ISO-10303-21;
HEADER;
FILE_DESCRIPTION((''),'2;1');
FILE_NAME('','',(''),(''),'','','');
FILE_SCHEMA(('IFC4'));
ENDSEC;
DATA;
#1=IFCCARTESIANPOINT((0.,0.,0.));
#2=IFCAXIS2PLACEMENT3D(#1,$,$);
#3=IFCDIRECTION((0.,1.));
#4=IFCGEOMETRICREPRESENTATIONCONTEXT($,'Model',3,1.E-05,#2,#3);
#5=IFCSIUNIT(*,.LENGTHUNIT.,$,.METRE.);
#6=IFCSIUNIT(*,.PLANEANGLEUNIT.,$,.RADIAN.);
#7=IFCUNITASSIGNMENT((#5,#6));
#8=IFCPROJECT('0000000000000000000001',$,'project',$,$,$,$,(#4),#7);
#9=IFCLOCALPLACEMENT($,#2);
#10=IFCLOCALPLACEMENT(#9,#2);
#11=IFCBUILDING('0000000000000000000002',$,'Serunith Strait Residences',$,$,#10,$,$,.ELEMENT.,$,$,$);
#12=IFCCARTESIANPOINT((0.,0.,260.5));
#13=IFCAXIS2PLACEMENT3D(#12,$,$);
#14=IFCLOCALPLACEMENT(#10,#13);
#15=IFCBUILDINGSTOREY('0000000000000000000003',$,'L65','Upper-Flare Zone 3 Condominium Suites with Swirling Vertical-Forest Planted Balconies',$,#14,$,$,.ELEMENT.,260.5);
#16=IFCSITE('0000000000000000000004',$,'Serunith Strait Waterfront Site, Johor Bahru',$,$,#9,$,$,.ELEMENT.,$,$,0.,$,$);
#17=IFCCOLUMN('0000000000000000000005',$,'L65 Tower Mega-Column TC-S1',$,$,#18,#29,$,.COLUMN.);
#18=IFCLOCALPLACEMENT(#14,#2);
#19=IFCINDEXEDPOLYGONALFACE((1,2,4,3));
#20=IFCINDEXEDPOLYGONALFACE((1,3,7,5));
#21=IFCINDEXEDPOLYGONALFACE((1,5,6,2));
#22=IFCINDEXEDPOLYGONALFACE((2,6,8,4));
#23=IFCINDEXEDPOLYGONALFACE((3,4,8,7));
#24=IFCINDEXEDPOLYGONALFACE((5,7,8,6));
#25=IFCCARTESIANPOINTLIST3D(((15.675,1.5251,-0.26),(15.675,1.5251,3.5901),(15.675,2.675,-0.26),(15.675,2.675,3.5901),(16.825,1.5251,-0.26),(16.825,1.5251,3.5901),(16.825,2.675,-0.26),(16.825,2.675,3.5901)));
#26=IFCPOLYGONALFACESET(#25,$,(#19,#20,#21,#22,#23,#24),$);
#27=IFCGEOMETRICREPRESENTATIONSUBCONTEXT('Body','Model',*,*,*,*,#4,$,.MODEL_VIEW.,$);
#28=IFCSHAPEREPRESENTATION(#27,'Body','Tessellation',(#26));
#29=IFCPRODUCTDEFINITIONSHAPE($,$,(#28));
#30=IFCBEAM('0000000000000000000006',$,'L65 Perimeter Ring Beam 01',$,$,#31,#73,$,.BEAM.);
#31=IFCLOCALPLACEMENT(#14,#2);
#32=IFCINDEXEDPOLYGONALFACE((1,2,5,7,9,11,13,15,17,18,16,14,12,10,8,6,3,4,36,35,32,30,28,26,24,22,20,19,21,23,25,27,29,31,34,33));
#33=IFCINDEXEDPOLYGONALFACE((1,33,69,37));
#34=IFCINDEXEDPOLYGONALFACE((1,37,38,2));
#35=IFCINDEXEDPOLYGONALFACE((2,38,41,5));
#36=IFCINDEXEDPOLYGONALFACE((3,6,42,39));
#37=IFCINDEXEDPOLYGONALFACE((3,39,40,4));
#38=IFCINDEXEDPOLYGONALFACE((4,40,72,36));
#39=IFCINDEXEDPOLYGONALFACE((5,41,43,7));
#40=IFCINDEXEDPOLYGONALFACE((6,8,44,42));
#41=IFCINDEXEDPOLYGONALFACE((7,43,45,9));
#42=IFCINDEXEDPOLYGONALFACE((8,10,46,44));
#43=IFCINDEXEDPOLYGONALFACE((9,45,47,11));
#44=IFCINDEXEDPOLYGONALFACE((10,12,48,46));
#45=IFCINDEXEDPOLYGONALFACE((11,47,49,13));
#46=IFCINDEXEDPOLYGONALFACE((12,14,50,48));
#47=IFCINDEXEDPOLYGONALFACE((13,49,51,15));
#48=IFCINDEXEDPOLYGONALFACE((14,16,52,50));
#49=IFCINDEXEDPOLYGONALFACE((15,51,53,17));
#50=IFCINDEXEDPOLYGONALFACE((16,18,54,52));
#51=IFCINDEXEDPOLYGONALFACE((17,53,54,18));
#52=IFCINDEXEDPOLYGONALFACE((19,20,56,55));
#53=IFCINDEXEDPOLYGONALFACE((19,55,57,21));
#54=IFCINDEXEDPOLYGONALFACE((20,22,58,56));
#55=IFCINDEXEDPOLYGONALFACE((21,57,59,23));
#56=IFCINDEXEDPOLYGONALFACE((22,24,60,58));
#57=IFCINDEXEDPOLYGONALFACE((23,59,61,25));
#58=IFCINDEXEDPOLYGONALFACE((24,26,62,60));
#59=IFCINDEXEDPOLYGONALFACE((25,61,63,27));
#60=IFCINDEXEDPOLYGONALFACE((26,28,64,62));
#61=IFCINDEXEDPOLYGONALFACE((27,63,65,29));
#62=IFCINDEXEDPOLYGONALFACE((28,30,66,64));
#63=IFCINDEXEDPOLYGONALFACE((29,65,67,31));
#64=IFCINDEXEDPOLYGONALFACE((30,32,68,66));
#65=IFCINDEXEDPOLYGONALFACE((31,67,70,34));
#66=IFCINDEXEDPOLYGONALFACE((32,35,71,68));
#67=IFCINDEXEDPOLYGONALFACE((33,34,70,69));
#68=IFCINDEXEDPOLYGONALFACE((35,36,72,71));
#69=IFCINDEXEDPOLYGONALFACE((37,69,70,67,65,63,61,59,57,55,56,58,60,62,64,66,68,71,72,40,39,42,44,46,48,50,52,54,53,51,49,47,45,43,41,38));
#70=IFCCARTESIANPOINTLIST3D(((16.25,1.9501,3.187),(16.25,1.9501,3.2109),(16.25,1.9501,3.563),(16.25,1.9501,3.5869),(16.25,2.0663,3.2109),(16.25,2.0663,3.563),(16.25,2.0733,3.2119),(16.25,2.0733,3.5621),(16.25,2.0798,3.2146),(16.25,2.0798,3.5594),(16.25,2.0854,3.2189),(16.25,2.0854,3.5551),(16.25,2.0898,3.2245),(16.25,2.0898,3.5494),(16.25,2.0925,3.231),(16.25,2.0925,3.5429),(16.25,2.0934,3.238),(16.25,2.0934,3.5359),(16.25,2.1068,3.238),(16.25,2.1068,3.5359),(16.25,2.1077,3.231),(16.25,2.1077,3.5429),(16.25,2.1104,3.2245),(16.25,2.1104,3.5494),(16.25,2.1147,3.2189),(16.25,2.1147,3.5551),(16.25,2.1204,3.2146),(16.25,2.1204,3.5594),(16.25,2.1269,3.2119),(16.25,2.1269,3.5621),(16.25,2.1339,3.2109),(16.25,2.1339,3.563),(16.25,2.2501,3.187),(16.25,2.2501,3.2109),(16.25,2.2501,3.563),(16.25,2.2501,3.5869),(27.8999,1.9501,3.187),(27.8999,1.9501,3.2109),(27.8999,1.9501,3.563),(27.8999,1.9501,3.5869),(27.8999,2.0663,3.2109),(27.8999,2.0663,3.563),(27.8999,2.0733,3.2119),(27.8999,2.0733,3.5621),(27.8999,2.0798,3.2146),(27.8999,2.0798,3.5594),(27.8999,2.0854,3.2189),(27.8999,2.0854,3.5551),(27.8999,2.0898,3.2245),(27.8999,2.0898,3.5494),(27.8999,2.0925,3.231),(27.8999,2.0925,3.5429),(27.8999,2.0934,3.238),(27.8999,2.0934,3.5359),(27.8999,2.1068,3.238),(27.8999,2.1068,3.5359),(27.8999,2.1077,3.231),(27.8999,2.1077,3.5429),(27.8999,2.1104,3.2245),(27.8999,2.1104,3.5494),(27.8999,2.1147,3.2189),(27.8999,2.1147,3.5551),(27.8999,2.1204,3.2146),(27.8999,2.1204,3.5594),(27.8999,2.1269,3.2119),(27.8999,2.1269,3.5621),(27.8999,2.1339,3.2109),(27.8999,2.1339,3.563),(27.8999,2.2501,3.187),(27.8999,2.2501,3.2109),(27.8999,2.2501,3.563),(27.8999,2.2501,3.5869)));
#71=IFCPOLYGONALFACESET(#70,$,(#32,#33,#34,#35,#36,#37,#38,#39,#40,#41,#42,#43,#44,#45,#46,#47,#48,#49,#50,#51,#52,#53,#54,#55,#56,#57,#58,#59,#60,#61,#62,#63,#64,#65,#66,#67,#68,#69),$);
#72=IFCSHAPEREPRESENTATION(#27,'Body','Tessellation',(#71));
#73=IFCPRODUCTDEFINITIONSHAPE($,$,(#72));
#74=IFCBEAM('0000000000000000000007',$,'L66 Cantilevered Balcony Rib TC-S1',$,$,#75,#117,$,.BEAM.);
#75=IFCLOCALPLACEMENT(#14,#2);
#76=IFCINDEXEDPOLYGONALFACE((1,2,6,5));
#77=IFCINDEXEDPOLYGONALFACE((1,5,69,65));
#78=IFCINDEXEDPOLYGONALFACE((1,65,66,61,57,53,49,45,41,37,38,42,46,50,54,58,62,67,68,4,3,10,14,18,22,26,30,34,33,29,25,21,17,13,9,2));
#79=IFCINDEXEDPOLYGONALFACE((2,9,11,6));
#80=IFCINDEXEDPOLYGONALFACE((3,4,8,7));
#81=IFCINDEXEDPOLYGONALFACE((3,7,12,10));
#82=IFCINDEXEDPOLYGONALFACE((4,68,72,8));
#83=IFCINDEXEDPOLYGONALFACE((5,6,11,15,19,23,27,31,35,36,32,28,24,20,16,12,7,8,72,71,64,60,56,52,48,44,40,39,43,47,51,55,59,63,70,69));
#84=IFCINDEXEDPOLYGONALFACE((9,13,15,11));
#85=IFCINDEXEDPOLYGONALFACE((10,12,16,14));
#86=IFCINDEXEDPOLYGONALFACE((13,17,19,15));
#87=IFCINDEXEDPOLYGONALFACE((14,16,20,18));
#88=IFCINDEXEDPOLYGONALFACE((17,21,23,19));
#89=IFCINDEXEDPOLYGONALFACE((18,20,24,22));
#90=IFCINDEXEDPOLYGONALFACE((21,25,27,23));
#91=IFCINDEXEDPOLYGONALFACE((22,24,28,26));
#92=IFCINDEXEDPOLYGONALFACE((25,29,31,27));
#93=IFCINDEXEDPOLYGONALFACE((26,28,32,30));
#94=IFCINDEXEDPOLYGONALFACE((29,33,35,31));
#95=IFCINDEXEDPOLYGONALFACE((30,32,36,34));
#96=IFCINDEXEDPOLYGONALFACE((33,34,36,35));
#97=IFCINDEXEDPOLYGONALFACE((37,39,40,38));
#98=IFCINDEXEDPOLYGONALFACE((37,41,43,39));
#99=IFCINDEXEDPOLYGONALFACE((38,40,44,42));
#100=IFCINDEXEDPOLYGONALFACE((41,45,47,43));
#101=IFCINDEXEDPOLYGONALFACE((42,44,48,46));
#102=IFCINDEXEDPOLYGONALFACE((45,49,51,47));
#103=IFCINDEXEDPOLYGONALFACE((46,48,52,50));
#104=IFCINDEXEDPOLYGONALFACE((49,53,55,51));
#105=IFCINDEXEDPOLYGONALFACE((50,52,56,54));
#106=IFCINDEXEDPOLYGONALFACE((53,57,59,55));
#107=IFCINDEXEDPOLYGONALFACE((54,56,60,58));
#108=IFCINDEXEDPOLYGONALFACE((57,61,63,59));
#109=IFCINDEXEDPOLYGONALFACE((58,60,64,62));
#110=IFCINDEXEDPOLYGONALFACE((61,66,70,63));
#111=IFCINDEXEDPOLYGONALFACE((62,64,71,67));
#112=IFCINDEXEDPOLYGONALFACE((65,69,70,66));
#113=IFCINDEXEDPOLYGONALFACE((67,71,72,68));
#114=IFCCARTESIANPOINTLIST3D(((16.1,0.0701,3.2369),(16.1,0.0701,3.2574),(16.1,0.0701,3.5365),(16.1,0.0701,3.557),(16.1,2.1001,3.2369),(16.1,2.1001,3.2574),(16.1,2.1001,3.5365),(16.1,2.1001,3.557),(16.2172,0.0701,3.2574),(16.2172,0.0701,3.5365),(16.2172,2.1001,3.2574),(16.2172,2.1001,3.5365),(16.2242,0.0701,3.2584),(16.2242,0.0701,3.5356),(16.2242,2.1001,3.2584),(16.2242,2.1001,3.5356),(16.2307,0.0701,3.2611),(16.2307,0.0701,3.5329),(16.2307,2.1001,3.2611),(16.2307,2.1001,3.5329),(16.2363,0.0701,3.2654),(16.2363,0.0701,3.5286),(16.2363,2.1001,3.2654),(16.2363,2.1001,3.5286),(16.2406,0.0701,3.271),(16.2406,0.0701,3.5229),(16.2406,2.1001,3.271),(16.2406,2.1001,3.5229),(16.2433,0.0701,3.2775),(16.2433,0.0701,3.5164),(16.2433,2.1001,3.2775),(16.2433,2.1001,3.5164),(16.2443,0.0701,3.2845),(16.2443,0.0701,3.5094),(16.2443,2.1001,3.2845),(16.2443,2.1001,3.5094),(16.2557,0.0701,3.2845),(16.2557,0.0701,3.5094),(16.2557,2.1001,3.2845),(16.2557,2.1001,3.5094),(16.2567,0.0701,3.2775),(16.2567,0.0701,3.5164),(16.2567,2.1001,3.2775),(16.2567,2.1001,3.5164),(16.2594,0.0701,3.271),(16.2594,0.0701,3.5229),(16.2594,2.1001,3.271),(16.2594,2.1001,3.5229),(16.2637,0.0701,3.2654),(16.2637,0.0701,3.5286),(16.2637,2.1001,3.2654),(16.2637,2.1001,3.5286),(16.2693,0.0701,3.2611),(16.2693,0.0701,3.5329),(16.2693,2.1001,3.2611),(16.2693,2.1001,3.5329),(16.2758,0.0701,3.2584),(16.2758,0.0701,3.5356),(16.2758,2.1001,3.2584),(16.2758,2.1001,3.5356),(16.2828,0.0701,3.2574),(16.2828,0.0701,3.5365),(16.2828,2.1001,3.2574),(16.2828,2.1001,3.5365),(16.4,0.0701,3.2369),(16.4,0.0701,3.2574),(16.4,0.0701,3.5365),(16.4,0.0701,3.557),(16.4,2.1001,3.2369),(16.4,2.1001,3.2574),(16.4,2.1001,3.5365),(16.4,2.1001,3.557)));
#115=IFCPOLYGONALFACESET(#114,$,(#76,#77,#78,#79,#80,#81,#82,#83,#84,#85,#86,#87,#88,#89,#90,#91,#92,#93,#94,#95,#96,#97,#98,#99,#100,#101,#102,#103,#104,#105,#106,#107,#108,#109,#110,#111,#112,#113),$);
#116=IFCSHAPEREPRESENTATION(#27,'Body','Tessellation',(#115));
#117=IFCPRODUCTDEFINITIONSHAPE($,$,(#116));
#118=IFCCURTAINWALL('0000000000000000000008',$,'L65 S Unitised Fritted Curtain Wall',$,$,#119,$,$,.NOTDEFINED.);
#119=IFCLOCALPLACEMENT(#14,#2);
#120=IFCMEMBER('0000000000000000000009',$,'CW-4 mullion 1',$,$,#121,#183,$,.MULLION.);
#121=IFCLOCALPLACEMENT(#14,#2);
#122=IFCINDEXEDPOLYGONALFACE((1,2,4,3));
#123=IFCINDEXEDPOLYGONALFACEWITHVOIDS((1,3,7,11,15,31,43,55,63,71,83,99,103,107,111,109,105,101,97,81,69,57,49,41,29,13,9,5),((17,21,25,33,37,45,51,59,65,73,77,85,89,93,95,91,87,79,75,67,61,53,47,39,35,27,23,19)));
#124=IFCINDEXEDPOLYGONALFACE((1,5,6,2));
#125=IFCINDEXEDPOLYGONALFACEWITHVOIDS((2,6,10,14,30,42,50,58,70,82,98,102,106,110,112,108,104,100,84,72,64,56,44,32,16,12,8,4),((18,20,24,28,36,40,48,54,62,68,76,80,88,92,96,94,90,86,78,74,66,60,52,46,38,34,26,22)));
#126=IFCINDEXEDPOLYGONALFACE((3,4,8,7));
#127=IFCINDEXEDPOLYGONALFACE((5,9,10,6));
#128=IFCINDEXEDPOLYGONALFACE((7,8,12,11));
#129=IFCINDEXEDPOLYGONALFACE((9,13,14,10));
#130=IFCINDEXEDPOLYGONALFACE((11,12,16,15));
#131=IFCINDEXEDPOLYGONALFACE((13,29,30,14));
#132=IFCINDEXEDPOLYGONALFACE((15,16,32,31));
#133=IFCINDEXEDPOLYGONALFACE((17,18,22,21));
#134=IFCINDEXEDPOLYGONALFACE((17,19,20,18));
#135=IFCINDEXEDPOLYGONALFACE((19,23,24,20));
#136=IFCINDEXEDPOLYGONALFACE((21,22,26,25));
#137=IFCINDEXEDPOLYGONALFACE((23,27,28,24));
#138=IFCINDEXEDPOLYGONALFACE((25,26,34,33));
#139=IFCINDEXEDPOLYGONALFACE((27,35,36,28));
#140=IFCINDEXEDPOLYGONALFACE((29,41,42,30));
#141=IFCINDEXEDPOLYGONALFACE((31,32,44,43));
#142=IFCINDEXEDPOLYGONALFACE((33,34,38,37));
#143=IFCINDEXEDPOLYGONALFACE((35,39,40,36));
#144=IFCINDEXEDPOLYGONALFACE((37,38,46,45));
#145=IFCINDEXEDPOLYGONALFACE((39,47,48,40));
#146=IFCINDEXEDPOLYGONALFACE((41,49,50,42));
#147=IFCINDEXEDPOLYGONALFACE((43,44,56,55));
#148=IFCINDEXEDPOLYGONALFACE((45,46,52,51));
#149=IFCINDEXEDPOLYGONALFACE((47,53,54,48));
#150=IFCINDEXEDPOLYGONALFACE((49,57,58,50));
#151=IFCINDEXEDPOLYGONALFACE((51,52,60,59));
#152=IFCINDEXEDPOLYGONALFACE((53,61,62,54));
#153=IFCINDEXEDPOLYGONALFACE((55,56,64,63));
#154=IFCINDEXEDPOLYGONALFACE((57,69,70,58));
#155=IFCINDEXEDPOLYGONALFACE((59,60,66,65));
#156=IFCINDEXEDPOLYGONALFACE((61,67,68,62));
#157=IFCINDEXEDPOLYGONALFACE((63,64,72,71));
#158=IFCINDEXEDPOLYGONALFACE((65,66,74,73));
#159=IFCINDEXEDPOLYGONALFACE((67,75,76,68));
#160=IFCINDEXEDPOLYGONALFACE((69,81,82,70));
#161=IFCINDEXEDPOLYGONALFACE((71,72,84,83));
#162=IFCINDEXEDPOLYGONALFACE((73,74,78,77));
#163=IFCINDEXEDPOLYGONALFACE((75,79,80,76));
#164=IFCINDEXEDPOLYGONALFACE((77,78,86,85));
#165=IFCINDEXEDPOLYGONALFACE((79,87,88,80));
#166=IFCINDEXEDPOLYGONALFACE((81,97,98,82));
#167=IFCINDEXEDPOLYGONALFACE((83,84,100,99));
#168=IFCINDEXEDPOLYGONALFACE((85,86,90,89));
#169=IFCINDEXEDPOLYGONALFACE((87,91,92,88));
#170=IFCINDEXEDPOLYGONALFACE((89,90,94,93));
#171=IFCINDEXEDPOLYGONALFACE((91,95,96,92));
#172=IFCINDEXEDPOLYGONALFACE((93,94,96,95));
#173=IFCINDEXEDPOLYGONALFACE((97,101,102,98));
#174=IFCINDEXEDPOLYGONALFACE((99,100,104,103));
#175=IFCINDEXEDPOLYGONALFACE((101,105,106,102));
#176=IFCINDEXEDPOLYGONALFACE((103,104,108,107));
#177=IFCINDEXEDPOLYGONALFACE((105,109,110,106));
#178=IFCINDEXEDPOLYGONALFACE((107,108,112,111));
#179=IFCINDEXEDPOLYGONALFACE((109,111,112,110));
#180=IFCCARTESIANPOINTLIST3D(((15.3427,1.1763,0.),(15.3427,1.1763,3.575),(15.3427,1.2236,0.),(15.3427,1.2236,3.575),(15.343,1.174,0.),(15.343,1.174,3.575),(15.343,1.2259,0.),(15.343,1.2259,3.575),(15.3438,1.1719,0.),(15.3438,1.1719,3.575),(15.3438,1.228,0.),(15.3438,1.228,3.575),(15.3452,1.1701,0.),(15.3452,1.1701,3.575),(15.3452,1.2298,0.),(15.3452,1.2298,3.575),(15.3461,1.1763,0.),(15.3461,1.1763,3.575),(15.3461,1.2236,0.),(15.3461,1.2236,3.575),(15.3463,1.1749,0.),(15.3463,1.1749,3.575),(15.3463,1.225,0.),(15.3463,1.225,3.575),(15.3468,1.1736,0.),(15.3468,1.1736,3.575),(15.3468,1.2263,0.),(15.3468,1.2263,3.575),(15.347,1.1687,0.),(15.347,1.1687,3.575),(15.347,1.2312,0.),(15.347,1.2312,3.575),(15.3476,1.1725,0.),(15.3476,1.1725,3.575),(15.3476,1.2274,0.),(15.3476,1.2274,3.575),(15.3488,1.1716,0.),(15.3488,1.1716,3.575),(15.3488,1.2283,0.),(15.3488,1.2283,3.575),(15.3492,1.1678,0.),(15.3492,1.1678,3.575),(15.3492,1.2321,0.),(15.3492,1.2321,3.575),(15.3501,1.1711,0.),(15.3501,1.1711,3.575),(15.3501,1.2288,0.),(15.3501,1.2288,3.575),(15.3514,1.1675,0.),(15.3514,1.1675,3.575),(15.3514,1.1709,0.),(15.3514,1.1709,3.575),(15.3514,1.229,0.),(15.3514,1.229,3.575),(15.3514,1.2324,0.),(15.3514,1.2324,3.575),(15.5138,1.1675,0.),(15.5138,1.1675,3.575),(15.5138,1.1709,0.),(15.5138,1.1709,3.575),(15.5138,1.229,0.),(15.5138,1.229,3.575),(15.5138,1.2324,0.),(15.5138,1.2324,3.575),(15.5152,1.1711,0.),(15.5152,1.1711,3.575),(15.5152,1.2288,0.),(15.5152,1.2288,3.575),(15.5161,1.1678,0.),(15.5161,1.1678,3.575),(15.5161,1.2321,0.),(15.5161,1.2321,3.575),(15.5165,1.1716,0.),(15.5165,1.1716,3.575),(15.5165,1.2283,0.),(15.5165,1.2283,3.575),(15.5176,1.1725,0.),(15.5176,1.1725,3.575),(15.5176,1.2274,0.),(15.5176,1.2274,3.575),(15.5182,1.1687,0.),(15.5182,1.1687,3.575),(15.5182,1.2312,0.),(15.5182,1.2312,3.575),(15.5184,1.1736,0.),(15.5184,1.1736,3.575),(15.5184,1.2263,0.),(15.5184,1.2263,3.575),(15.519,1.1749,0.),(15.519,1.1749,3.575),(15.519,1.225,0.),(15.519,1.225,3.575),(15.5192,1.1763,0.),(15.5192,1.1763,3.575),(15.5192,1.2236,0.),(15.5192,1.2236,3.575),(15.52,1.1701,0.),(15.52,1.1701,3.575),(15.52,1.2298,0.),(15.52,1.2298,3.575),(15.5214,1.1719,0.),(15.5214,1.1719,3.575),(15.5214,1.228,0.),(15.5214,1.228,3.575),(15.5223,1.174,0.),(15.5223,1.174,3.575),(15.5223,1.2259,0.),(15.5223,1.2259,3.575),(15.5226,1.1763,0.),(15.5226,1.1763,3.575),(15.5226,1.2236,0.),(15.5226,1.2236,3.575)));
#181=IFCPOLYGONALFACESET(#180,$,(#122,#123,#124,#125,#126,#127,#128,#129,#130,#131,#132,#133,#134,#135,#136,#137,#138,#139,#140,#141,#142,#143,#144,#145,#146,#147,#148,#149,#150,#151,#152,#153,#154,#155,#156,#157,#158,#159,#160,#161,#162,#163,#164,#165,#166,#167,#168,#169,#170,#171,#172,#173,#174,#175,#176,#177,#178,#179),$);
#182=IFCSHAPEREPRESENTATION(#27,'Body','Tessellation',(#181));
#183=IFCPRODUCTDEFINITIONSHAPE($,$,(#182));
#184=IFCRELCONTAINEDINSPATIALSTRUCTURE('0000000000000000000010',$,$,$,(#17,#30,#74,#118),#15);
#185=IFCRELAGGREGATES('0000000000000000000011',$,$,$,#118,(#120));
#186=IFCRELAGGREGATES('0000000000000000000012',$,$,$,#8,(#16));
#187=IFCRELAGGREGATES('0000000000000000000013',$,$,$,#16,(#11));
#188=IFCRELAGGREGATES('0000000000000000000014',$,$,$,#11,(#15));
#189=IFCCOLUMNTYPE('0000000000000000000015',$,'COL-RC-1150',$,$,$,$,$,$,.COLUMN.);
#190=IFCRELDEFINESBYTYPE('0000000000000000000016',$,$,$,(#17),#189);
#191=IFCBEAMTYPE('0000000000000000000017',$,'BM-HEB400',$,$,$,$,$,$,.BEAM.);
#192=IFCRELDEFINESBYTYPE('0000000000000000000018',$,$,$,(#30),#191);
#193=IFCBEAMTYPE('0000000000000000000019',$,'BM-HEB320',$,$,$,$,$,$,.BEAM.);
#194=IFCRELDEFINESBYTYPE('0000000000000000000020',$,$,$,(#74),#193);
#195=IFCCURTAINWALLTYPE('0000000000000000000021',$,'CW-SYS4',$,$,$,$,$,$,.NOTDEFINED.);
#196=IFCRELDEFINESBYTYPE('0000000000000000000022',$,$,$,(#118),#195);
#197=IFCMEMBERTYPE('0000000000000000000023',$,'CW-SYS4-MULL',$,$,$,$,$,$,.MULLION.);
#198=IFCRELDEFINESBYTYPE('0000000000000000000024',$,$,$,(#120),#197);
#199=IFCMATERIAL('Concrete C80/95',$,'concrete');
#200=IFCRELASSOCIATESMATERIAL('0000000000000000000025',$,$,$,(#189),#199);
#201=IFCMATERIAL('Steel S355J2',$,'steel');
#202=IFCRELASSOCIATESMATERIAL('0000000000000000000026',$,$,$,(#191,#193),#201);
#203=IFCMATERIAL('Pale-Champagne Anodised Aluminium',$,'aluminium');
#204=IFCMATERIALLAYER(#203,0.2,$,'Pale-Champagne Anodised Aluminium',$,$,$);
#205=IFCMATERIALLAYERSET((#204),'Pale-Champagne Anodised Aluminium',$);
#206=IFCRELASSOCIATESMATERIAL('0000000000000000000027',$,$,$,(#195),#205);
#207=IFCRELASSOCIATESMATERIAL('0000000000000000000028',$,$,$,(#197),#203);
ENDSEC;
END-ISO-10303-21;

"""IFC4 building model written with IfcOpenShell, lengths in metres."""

from ifc_helpers import new_model, si_unit, direction, frame, origin, origin_2d, place, context, subcontext, project, spatial, rectangle, hollow_rectangle, i_section, extrude, source, transform, mapped, material, layer, layer_set, material_profile, profile_set, type_object, element, aggregate, save


model = new_model("IFC4")

# Units and contexts
model_context = context("Model", 3, precision=1e-05, world=origin(), true_north=direction((0.0, 1.0)))
body_context = subcontext(model_context, "Body", "Model", "MODEL_VIEW")
ifc_project = project(units=[si_unit("LENGTHUNIT", "METRE"), si_unit("PLANEANGLEUNIT", "RADIAN")], contexts=[model_context])

# Site, building, storey
site_placement = place(None, origin())
site = spatial("IfcSite", under=ifc_project, at=site_placement, Name="Serunith Strait Waterfront Site, Johor Bahru", CompositionType="ELEMENT", RefElevation=0.0)
building_placement = place(site_placement, origin())
building = spatial("IfcBuilding", under=site, at=building_placement, Name="Serunith Strait Residences", CompositionType="ELEMENT")
storey_placement = place(building_placement, frame((0.0, 0.0, 260.5)))
storey = spatial("IfcBuildingStorey", under=building, at=storey_placement, Name="L65", Description="Upper-Flare Zone 3 Condominium Suites with Swirling Vertical-Forest Planted Balconies", CompositionType="ELEMENT", Elevation=260.5)

# Column
ifc_material_1 = material(Name="Concrete C80/95", Category="concrete")
ifc_material_profile_1 = material_profile(ifc_material_1, rectangle(XDim=1.1499, YDim=1.1499, at=origin_2d()), Name="RC 1150x1150")
ifc_profile_set_1 = profile_set([ifc_material_profile_1], Name="Concrete C80/95")
column_type = type_object("IfcColumnType", Name="COL-RC-1150", PredefinedType="COLUMN", material=ifc_profile_set_1)
shared_shape_1 = source(origin(), body_context, "Body", "SweptSolid", [
    extrude(rectangle(XDim=1.1499, YDim=1.1499, at=origin_2d()), origin(), (0.0, 0.0, 1.0), 3.8501),
])
column_placement = place(storey_placement, frame((16.25, 2.1001, -0.26), z_axis=(0.0, 0.0, 1.0), x_axis=(1.0, 0.0, 0.0)))
element("IfcColumn", 1, at=column_placement, inside=storey, type_object=column_type, Name="L65 Tower Mega-Column TC-S1", PredefinedType="COLUMN", context=body_context, shape_type="MappedRepresentation", body=[
    mapped(shared_shape_1, transform((0.0, 0.0, 0.0), scale=1.0)),
])

# Beams
ifc_material_2 = material(Name="Steel S355J2", Category="steel")
ifc_material_profile_2 = material_profile(ifc_material_2, i_section(OverallWidth=0.3, OverallDepth=0.3999, WebThickness=0.0134, FlangeThickness=0.0239, FilletRadius=0.0271, at=origin_2d()), Name="HEB 400")
ifc_profile_set_2 = profile_set([ifc_material_profile_2], Name="Steel S355J2")
beam_type_1 = type_object("IfcBeamType", Name="BM-HEB400", PredefinedType="BEAM", material=ifc_profile_set_2)
shared_shape_2 = source(origin(), body_context, "Body", "SweptSolid", [
    extrude(i_section(OverallWidth=0.3, OverallDepth=0.3999, WebThickness=0.0134, FlangeThickness=0.0239, FilletRadius=0.0271, at=origin_2d()), origin(), (0.0, 0.0, 1.0), 11.6499),
])
beam_1_placement = place(storey_placement, frame((16.25, 2.1001, 3.387), z_axis=(1.0, 0.0, 0.0), x_axis=(0.0, 1.0, 0.0)))
element("IfcBeam", 2, at=beam_1_placement, inside=storey, type_object=beam_type_1, Name="L65 Perimeter Ring Beam 01", PredefinedType="BEAM", context=body_context, shape_type="MappedRepresentation", body=[
    mapped(shared_shape_2, transform((0.0, 0.0, 0.0), scale=1.0)),
])
ifc_material_profile_3 = material_profile(ifc_material_2, i_section(OverallWidth=0.3, OverallDepth=0.3201, WebThickness=0.0115, FlangeThickness=0.0205, FilletRadius=0.0271, at=origin_2d()), Name="HEB 320")
ifc_profile_set_3 = profile_set([ifc_material_profile_3], Name="Steel S355J2")
beam_type_2 = type_object("IfcBeamType", Name="BM-HEB320", PredefinedType="BEAM", material=ifc_profile_set_3)
shared_shape_3 = source(origin(), body_context, "Body", "SweptSolid", [
    extrude(i_section(OverallWidth=0.3, OverallDepth=0.3201, WebThickness=0.0115, FlangeThickness=0.0205, FilletRadius=0.0271, at=origin_2d()), origin(), (0.0, 0.0, 1.0), 2.03),
])
beam_2_placement = place(storey_placement, frame((16.25, 2.1001, 3.397), z_axis=(0.0, -1.0, 0.0), x_axis=(1.0, 0.0, 0.0)))
element("IfcBeam", 3, at=beam_2_placement, inside=storey, type_object=beam_type_2, Name="L66 Cantilevered Balcony Rib TC-S1", PredefinedType="BEAM", context=body_context, shape_type="MappedRepresentation", body=[
    mapped(shared_shape_3, transform((0.0, 0.0, 0.0), scale=1.0)),
])

# Curtain wall, member
ifc_material_3 = material(Name="Pale-Champagne Anodised Aluminium", Category="aluminium")
ifc_layer_1 = layer(ifc_material_3, 0.2, Name="Pale-Champagne Anodised Aluminium")
ifc_layer_set_1 = layer_set([ifc_layer_1], Name="Pale-Champagne Anodised Aluminium")
curtain_wall_type = type_object("IfcCurtainWallType", Name="CW-SYS4", PredefinedType="NOTDEFINED", material=ifc_layer_set_1)
curtain_wall_1_placement = place(storey_placement, origin())
curtain_wall_1 = element("IfcCurtainWall", 4, at=curtain_wall_1_placement, inside=storey, type_object=curtain_wall_type, Name="L65 S Unitised Fritted Curtain Wall", PredefinedType="NOTDEFINED")
ifc_material_profile_4 = material_profile(ifc_material_3, hollow_rectangle(XDim=0.0649, YDim=0.1799, WallThickness=0.0034, InnerFilletRadius=0.0054, OuterFilletRadius=0.0088, at=origin_2d()), Name="ALU 180x65x3.5")
ifc_profile_set_4 = profile_set([ifc_material_profile_4], Name="Pale-Champagne Anodised Aluminium")
member_type_1 = type_object("IfcMemberType", Name="CW-SYS4-MULL", PredefinedType="MULLION", material=ifc_profile_set_4)
shared_shape_4 = source(origin(), body_context, "Body", "SweptSolid", [
    extrude(hollow_rectangle(XDim=0.0649, YDim=0.1799, WallThickness=0.0034, InnerFilletRadius=0.0054, OuterFilletRadius=0.0088, at=origin_2d()), origin(), (0.0, 0.0, 1.0), 3.575),
])
member_1_placement = place(storey_placement, frame((15.4326, 1.2, 0.0), z_axis=(0.0, 0.0, 1.0), x_axis=(0.0, 1.0, 0.0)))
member_1 = element("IfcMember", 5, at=member_1_placement, type_object=member_type_1, Name="CW-4 mullion 1", PredefinedType="MULLION", context=body_context, shape_type="MappedRepresentation", body=[
    mapped(shared_shape_4, transform((0.0, 0.0, 0.0), scale=1.0)),
])

aggregate(curtain_wall_1, [member_1])

save(model, "model.ifc")
